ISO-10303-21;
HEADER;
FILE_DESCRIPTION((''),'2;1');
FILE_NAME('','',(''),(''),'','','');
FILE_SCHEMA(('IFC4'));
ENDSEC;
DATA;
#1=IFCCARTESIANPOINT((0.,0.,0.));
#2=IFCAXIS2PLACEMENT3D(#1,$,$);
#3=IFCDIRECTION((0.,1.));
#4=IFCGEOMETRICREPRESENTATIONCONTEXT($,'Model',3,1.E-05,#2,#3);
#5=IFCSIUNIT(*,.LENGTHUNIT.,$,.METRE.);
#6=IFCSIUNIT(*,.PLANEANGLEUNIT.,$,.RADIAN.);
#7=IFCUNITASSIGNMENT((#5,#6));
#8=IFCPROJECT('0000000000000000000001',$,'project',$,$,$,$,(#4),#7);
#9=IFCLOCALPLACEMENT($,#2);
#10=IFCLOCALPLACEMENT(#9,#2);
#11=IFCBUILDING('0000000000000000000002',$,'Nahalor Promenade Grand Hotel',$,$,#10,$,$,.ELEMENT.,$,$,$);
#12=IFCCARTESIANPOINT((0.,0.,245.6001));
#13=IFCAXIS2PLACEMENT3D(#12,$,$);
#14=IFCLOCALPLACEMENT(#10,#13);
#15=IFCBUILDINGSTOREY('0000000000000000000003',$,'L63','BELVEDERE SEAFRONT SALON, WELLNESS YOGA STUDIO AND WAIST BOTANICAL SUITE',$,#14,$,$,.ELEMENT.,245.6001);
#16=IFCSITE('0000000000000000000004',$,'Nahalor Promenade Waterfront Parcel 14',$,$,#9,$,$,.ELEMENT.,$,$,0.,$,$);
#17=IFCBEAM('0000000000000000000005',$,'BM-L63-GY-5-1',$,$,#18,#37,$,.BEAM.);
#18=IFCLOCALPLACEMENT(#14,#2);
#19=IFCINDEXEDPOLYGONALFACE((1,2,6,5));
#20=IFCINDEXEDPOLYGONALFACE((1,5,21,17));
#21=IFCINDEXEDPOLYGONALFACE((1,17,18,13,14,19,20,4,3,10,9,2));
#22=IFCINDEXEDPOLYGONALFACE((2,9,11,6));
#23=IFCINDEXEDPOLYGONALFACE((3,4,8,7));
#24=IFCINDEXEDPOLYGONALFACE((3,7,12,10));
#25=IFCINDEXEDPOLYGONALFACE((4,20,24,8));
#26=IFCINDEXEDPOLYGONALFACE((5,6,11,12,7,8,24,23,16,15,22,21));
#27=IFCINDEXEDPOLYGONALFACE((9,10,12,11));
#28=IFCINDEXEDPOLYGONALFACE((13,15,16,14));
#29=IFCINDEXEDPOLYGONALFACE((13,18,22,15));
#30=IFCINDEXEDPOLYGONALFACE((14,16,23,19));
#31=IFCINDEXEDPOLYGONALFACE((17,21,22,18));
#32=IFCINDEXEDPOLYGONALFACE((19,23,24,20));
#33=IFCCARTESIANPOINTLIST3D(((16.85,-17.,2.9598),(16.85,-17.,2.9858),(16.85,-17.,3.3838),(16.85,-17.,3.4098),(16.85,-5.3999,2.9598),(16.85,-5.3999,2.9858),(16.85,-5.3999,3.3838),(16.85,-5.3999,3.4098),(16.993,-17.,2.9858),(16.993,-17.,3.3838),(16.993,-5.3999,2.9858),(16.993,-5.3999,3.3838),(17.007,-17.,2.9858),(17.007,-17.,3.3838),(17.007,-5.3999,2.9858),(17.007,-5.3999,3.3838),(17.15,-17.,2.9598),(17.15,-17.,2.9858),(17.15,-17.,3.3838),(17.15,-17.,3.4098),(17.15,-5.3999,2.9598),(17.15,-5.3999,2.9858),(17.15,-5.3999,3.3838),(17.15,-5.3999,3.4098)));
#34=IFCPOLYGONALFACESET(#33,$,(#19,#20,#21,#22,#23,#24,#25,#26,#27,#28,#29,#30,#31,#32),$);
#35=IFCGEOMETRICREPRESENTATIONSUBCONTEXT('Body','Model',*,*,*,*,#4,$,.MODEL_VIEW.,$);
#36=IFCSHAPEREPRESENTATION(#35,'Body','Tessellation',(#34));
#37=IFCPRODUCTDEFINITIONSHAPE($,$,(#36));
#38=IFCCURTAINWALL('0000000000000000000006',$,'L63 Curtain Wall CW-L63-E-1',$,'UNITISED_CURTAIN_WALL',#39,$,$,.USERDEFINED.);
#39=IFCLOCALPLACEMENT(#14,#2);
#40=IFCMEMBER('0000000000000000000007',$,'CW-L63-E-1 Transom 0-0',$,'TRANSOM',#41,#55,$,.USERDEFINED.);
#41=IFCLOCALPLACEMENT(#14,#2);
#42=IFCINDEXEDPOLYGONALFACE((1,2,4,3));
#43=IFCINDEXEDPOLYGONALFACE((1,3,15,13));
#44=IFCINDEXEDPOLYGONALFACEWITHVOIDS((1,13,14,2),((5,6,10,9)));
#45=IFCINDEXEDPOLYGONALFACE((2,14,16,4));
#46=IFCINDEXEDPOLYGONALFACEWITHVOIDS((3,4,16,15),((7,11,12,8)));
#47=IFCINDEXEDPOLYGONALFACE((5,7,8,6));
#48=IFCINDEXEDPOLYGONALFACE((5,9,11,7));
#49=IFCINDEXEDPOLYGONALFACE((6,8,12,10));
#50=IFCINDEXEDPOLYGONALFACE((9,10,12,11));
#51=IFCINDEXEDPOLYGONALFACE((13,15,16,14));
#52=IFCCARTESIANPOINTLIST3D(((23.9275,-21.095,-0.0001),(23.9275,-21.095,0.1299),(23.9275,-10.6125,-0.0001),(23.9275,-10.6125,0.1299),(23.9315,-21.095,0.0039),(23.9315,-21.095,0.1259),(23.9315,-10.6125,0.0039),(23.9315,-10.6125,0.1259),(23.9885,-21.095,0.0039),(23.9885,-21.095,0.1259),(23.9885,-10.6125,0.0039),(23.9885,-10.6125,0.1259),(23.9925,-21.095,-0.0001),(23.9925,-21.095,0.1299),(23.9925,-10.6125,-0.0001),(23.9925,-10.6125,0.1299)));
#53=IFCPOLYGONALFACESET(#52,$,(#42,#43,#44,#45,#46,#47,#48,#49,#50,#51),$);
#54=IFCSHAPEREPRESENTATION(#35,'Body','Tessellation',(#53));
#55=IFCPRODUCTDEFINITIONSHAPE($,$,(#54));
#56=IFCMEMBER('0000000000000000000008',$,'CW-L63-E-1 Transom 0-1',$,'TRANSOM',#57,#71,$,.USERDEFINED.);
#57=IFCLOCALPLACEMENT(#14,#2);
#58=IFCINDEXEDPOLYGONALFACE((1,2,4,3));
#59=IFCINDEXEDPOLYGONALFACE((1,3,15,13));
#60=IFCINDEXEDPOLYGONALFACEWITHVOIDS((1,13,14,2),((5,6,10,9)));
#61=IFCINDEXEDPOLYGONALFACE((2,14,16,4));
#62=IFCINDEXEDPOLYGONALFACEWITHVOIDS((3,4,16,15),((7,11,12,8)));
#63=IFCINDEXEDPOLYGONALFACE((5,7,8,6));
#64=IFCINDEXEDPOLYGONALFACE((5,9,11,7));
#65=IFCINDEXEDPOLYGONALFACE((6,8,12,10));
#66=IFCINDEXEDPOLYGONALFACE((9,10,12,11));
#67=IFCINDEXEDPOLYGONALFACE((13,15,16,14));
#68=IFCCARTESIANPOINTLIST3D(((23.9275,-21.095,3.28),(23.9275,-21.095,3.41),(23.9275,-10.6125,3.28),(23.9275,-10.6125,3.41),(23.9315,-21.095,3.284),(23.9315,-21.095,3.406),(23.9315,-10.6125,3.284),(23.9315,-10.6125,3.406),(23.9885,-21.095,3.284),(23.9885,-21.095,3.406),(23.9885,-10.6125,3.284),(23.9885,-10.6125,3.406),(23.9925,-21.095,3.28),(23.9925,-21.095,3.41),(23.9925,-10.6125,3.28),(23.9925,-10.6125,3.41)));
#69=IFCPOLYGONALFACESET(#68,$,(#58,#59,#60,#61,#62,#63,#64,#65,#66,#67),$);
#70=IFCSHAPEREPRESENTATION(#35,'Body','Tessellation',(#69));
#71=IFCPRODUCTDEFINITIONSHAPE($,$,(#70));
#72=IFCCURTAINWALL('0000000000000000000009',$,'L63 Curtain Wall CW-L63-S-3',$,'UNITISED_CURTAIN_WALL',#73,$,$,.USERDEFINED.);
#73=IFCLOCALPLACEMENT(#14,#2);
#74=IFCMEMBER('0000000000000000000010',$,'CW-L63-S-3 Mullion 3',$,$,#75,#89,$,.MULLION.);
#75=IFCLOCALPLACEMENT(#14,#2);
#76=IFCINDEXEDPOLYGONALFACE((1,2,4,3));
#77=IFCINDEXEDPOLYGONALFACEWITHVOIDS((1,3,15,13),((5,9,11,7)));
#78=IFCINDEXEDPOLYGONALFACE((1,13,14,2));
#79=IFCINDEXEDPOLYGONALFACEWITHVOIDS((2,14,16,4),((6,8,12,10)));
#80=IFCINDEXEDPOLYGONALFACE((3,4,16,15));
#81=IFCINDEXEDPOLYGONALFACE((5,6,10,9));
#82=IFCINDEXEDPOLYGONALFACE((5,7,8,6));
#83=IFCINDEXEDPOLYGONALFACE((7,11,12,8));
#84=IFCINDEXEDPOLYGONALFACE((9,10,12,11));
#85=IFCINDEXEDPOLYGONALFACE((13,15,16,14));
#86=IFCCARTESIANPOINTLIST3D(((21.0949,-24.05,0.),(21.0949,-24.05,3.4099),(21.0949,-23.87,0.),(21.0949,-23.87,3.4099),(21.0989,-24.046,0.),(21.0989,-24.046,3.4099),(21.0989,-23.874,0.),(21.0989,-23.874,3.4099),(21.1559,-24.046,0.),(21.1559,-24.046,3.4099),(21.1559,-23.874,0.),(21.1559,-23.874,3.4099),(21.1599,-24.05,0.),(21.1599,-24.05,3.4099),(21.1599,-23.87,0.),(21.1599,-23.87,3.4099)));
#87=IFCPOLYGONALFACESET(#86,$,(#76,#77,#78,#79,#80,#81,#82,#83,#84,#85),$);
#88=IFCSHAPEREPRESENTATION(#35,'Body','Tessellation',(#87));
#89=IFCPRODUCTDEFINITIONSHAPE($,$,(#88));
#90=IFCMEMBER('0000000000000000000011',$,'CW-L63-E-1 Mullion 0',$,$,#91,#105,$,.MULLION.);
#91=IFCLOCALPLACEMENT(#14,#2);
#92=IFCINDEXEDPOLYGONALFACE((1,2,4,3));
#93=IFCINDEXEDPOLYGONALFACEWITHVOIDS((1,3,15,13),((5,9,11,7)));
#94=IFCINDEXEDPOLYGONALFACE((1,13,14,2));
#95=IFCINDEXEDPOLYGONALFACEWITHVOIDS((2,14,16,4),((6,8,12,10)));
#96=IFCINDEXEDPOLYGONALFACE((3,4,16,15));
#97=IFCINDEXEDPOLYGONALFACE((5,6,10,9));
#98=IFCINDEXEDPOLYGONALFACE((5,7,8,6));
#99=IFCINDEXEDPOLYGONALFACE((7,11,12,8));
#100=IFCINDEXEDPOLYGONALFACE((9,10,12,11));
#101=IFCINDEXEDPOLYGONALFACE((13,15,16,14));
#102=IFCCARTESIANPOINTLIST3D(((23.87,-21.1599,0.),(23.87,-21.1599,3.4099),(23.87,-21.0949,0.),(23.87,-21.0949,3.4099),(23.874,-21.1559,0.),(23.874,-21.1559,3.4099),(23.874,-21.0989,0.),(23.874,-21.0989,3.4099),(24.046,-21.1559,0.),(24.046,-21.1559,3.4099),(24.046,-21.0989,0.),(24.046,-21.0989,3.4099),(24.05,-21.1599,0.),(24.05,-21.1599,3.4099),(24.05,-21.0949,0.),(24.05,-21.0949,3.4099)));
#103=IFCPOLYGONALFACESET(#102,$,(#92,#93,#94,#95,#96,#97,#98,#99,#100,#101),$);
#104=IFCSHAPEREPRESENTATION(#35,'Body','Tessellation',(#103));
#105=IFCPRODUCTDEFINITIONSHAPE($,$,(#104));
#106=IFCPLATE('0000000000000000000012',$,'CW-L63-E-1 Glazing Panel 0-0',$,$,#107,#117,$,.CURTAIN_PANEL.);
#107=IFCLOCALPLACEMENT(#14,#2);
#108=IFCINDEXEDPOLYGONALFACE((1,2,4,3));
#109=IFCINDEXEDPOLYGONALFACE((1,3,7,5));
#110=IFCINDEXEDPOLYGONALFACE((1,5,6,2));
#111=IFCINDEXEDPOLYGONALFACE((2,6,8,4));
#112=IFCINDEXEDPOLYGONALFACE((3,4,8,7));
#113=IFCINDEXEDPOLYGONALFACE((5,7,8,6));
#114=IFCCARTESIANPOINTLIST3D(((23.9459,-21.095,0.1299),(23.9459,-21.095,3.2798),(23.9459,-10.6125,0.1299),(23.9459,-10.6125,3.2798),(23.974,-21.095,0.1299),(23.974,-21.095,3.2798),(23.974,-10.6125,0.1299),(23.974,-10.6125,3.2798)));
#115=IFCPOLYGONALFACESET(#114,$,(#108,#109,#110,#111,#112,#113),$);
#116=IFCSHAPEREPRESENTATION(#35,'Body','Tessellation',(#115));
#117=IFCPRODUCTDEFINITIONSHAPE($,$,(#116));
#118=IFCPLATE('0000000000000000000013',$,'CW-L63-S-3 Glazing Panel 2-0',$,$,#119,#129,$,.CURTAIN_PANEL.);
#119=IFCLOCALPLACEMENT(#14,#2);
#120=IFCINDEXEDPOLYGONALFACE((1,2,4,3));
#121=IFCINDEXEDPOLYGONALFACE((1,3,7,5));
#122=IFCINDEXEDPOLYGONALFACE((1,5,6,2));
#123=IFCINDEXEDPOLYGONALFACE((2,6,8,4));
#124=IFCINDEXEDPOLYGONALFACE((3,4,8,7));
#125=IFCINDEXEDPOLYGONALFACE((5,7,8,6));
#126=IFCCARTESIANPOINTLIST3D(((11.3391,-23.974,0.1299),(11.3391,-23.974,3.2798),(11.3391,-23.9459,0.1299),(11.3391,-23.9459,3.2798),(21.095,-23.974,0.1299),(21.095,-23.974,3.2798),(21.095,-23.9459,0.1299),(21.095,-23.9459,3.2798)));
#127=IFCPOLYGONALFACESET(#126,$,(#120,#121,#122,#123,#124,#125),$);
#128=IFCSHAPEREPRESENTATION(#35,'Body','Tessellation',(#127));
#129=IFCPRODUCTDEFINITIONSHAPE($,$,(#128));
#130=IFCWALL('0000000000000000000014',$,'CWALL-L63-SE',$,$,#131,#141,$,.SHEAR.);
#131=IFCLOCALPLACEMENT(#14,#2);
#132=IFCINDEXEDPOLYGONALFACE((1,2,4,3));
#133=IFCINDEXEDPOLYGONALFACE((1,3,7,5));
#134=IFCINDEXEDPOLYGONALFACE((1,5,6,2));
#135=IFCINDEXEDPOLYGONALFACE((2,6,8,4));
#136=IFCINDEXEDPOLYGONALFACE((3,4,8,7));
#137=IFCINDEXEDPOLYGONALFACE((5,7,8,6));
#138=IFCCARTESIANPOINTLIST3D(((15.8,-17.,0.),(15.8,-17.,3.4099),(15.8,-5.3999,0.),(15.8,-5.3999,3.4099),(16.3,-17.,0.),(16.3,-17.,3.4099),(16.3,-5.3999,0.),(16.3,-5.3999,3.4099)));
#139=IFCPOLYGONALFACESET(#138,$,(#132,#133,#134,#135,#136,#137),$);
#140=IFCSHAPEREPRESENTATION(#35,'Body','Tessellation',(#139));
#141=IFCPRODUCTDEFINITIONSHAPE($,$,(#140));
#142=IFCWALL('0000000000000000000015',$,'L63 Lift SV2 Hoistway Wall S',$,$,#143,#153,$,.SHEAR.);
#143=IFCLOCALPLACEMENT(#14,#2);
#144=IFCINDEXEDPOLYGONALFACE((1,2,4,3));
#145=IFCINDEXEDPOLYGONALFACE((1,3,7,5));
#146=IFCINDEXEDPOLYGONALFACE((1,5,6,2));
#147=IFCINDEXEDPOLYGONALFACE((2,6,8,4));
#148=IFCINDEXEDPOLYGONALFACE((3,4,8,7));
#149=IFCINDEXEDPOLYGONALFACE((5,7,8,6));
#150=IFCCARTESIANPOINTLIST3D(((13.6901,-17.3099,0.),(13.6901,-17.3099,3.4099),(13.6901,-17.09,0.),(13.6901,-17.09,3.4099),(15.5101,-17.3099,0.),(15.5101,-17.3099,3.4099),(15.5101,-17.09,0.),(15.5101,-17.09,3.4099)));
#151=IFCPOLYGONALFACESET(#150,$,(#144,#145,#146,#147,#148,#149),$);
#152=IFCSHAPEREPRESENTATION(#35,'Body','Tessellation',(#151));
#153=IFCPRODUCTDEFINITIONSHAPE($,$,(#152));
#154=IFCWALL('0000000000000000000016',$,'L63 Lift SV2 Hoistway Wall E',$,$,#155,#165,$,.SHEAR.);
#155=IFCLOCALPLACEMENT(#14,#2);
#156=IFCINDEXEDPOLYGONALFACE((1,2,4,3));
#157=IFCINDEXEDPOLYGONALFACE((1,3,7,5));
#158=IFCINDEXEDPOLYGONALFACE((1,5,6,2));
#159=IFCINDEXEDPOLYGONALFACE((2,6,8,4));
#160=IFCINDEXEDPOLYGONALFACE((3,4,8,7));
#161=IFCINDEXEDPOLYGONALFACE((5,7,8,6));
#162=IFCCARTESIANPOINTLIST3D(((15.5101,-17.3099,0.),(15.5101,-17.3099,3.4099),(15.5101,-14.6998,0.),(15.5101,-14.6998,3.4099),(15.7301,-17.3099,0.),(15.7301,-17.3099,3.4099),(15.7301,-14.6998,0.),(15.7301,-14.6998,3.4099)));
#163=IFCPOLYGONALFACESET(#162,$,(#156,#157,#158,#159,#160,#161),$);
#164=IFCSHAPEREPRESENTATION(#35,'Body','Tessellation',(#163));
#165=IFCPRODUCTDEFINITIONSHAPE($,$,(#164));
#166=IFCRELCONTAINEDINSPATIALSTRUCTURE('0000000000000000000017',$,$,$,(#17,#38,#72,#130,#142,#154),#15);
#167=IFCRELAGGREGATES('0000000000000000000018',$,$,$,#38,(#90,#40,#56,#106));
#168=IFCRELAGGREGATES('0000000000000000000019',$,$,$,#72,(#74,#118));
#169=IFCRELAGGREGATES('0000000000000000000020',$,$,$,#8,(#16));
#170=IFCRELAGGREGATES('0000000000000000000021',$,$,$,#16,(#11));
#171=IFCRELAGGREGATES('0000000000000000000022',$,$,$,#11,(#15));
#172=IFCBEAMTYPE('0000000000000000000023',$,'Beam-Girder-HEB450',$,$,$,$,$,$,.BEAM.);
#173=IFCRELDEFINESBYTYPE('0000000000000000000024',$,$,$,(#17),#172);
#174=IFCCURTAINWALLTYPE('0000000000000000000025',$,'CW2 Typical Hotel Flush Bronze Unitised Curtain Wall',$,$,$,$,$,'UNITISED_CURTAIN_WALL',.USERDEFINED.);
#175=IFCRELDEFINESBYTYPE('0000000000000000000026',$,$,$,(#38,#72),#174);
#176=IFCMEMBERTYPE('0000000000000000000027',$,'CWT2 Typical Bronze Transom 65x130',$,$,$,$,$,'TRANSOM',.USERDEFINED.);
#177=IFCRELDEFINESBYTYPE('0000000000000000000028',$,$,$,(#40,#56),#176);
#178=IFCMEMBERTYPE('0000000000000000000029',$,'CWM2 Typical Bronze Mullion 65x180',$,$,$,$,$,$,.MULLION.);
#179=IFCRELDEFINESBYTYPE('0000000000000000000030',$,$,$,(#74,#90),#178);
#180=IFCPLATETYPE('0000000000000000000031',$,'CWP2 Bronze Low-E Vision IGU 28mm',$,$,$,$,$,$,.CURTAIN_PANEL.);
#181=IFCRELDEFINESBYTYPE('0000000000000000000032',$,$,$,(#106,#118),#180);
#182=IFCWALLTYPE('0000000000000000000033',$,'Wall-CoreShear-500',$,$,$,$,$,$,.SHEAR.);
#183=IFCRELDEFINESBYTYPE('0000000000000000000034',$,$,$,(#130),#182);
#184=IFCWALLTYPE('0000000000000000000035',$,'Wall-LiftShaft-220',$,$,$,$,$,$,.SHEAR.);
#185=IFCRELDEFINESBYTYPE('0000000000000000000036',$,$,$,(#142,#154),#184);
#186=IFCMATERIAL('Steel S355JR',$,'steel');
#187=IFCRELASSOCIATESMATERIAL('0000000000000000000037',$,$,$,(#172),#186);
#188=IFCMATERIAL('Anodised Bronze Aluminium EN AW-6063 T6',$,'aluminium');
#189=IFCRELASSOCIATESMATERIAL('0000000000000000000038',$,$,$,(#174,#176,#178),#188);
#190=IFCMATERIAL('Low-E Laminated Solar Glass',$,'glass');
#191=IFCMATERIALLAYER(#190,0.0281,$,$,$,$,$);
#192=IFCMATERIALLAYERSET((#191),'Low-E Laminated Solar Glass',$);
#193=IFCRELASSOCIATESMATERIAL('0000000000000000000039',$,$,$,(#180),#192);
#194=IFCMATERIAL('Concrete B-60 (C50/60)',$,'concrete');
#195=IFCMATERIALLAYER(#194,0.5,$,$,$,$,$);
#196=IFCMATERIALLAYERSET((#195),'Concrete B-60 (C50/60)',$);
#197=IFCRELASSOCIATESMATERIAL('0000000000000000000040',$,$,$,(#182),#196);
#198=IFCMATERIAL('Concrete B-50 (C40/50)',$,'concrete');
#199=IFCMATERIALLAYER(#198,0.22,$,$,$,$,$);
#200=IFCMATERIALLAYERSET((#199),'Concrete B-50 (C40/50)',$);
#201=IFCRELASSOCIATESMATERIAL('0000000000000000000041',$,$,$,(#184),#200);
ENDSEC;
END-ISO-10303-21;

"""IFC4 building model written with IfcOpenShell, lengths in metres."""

from ifc_helpers import new_model, si_unit, direction, frame, frame_2d, origin, origin_2d, place, context, subcontext, project, spatial, rectangle, hollow_rectangle, i_section, extrude, source, transform, mapped, material, layer, layer_set, material_profile, profile_set, type_object, element, aggregate, save


model = new_model("IFC4")

# Units and contexts
model_context = context("Model", 3, precision=1e-05, world=origin(), true_north=direction((0.0, 1.0)))
body_context = subcontext(model_context, "Body", "Model", "MODEL_VIEW")
ifc_project = project(units=[si_unit("LENGTHUNIT", "METRE"), si_unit("PLANEANGLEUNIT", "RADIAN")], contexts=[model_context])

# Site, building, storey
site_placement = place(None, origin())
site = spatial("IfcSite", under=ifc_project, at=site_placement, Name="Nahalor Promenade Waterfront Parcel 14", CompositionType="ELEMENT", RefElevation=0.0)
building_placement = place(site_placement, origin())
building = spatial("IfcBuilding", under=site, at=building_placement, Name="Nahalor Promenade Grand Hotel", CompositionType="ELEMENT")
storey_placement = place(building_placement, frame((0.0, 0.0, 245.6001)))
storey = spatial("IfcBuildingStorey", under=building, at=storey_placement, Name="L63", Description="BELVEDERE SEAFRONT SALON, WELLNESS YOGA STUDIO AND WAIST BOTANICAL SUITE", CompositionType="ELEMENT", Elevation=245.6001)

# Shared definitions
ifc_material_1 = material(Name="Concrete B-60 (C50/60)", Category="concrete")
ifc_material_2 = material(Name="Steel S355JR", Category="steel")

# Beam
ifc_material_profile_1 = material_profile(ifc_material_2, i_section(OverallWidth=0.3, OverallDepth=0.45, WebThickness=0.014, FlangeThickness=0.026, at=origin_2d()), Name="HEB 450")
ifc_profile_set_1 = profile_set([ifc_material_profile_1], Name="Steel S355JR")
beam_type_1 = type_object("IfcBeamType", Name="Beam-Girder-HEB450", PredefinedType="BEAM", material=ifc_profile_set_1)
shared_shape_1 = source(origin(), body_context, "Body", "SweptSolid", [
    extrude(i_section(OverallWidth=0.3, OverallDepth=0.45, WebThickness=0.014, FlangeThickness=0.026, at=origin_2d()), origin(), (0.0, 0.0, 1.0), 11.6001),
])
beam_1_placement = place(storey_placement, frame((17.0, -17.0, 3.1848), z_axis=(0.0, 1.0, 0.0), x_axis=(-1.0, 0.0, 0.0)))
element("IfcBeam", 1, at=beam_1_placement, inside=storey, type_object=beam_type_1, Name="BM-L63-GY-5-1", PredefinedType="BEAM", context=body_context, shape_type="MappedRepresentation", body=[
    mapped(shared_shape_1, transform((0.0, 0.0, 0.0), scale=1.0)),
])

# Curtain wall, members
ifc_material_3 = material(Name="Anodised Bronze Aluminium EN AW-6063 T6", Category="aluminium")
curtain_wall_type = type_object("IfcCurtainWallType", Name="CW2 Typical Hotel Flush Bronze Unitised Curtain Wall", ElementType="UNITISED_CURTAIN_WALL", PredefinedType="USERDEFINED", material=ifc_material_3)
curtain_wall_1_placement = place(storey_placement, origin())
curtain_wall_1 = element("IfcCurtainWall", 2, at=curtain_wall_1_placement, inside=storey, type_object=curtain_wall_type, Name="L63 Curtain Wall CW-L63-E-1", ObjectType="UNITISED_CURTAIN_WALL", PredefinedType="USERDEFINED")
ifc_material_profile_2 = material_profile(ifc_material_3, hollow_rectangle(XDim=0.065, YDim=0.13, WallThickness=0.004, at=origin_2d()), Name="CWT 65x130x4")
ifc_profile_set_2 = profile_set([ifc_material_profile_2], Name="Anodised Bronze Aluminium EN AW-6063 T6")
member_type_1 = type_object("IfcMemberType", Name="CWT2 Typical Bronze Transom 65x130", ElementType="TRANSOM", PredefinedType="USERDEFINED", material=ifc_profile_set_2)
shared_shape_2 = source(origin(), body_context, "Body", "SweptSolid", [
    extrude(hollow_rectangle(XDim=0.065, YDim=0.13, WallThickness=0.004, at=origin_2d()), origin(), (0.0, 0.0, 1.0), 10.4824),
])
member_1_placement = place(storey_placement, frame((23.96, -21.095, 0.0649), z_axis=(0.0, 1.0, 0.0), x_axis=(-1.0, 0.0, 0.0)))
member_1 = element("IfcMember", 3, at=member_1_placement, type_object=member_type_1, Name="CW-L63-E-1 Transom 0-0", ObjectType="TRANSOM", PredefinedType="USERDEFINED", context=body_context, shape_type="MappedRepresentation", body=[
    mapped(shared_shape_2, transform((0.0, 0.0, 0.0), scale=1.0)),
])
member_2_placement = place(storey_placement, frame((23.96, -21.095, 3.345), z_axis=(0.0, 1.0, 0.0), x_axis=(-1.0, 0.0, 0.0)))
member_2 = element("IfcMember", 4, at=member_2_placement, type_object=member_type_1, Name="CW-L63-E-1 Transom 0-1", ObjectType="TRANSOM", PredefinedType="USERDEFINED", context=body_context, shape_type="MappedRepresentation", body=[
    mapped(shared_shape_2, transform((0.0, 0.0, 0.0), scale=1.0)),
])

# Curtain wall, member
curtain_wall_2_placement = place(storey_placement, origin())
curtain_wall_2 = element("IfcCurtainWall", 5, at=curtain_wall_2_placement, inside=storey, type_object=curtain_wall_type, Name="L63 Curtain Wall CW-L63-S-3", ObjectType="UNITISED_CURTAIN_WALL", PredefinedType="USERDEFINED")
ifc_material_profile_3 = material_profile(ifc_material_3, hollow_rectangle(XDim=0.065, YDim=0.18, WallThickness=0.004, at=origin_2d()), Name="CWM 65x180x4")
ifc_profile_set_3 = profile_set([ifc_material_profile_3], Name="Anodised Bronze Aluminium EN AW-6063 T6")
member_type_2 = type_object("IfcMemberType", Name="CWM2 Typical Bronze Mullion 65x180", PredefinedType="MULLION", material=ifc_profile_set_3)
shared_shape_3 = source(origin(), body_context, "Body", "SweptSolid", [
    extrude(hollow_rectangle(XDim=0.065, YDim=0.18, WallThickness=0.004, at=origin_2d()), origin(), (0.0, 0.0, 1.0), 3.4099),
])
member_3_placement = place(storey_placement, frame((21.1274, -23.96, 0.0), z_axis=(0.0, 0.0, 1.0), x_axis=(1.0, 0.0, 0.0)))
member_3 = element("IfcMember", 6, at=member_3_placement, type_object=member_type_2, Name="CW-L63-S-3 Mullion 3", PredefinedType="MULLION", context=body_context, shape_type="MappedRepresentation", body=[
    mapped(shared_shape_3, transform((0.0, 0.0, 0.0), scale=1.0)),
])

# Member
member_4_placement = place(storey_placement, frame((23.96, -21.1274, 0.0), z_axis=(0.0, 0.0, 1.0), x_axis=(0.0, 1.0, 0.0)))
member_4 = element("IfcMember", 7, at=member_4_placement, type_object=member_type_2, Name="CW-L63-E-1 Mullion 0", PredefinedType="MULLION", context=body_context, shape_type="MappedRepresentation", body=[
    mapped(shared_shape_3, transform((0.0, 0.0, 0.0), scale=1.0)),
])

# Plates
ifc_material_4 = material(Name="Low-E Laminated Solar Glass", Category="glass")
ifc_layer_1 = layer(ifc_material_4, 0.0281)
ifc_layer_set_1 = layer_set([ifc_layer_1], Name="Low-E Laminated Solar Glass")
plate_type = type_object("IfcPlateType", Name="CWP2 Bronze Low-E Vision IGU 28mm", PredefinedType="CURTAIN_PANEL", material=ifc_layer_set_1)
shared_shape_4 = source(origin(), body_context, "Body", "SweptSolid", [
    extrude(rectangle(XDim=10.4824, YDim=0.0281, at=origin_2d()), origin(), (0.0, 0.0, 1.0), 3.1499),
])
plate_1_placement = place(storey_placement, frame((23.96, -15.8538, 0.1299), z_axis=(0.0, 0.0, 1.0), x_axis=(0.0, 1.0, 0.0)))
plate_1 = element("IfcPlate", 8, at=plate_1_placement, type_object=plate_type, Name="CW-L63-E-1 Glazing Panel 0-0", PredefinedType="CURTAIN_PANEL", context=body_context, shape_type="MappedRepresentation", body=[
    mapped(shared_shape_4, transform((0.0, 0.0, 0.0), scale=1.0)),
])
aggregate(curtain_wall_1, [member_4, member_1, member_2, plate_1])
shared_shape_5 = source(origin(), body_context, "Body", "SweptSolid", [
    extrude(rectangle(XDim=9.7559, YDim=0.0281, at=origin_2d()), origin(), (0.0, 0.0, 1.0), 3.1499),
])
plate_2_placement = place(storey_placement, frame((16.217, -23.96, 0.1299), z_axis=(0.0, 0.0, 1.0), x_axis=(1.0, 0.0, 0.0)))
plate_2 = element("IfcPlate", 9, at=plate_2_placement, type_object=plate_type, Name="CW-L63-S-3 Glazing Panel 2-0", PredefinedType="CURTAIN_PANEL", context=body_context, shape_type="MappedRepresentation", body=[
    mapped(shared_shape_5, transform((0.0, 0.0, 0.0), scale=1.0)),
])
aggregate(curtain_wall_2, [member_3, plate_2])

# Walls
ifc_layer_2 = layer(ifc_material_1, 0.5)
ifc_layer_set_2 = layer_set([ifc_layer_2], Name="Concrete B-60 (C50/60)")
wall_type_1 = type_object("IfcWallType", Name="Wall-CoreShear-500", PredefinedType="SHEAR", material=ifc_layer_set_2)
shared_shape_6 = source(origin(), body_context, "Body", "SweptSolid", [
    extrude(rectangle(XDim=11.6001, YDim=0.5, at=frame_2d((5.8, 0.0))), origin(), (0.0, 0.0, 1.0), 3.4099),
])
wall_1_placement = place(storey_placement, frame((16.05, -17.0, 0.0), z_axis=(0.0, 0.0, 1.0), x_axis=(0.0, 1.0, 0.0)))
element("IfcWall", 10, at=wall_1_placement, inside=storey, type_object=wall_type_1, Name="CWALL-L63-SE", PredefinedType="SHEAR", context=body_context, shape_type="MappedRepresentation", body=[
    mapped(shared_shape_6, transform((0.0, 0.0, 0.0), scale=1.0)),
])
ifc_material_5 = material(Name="Concrete B-50 (C40/50)", Category="concrete")
ifc_layer_3 = layer(ifc_material_5, 0.22)
ifc_layer_set_3 = layer_set([ifc_layer_3], Name="Concrete B-50 (C40/50)")
wall_type_2 = type_object("IfcWallType", Name="Wall-LiftShaft-220", PredefinedType="SHEAR", material=ifc_layer_set_3)
shared_shape_7 = source(origin(), body_context, "Body", "SweptSolid", [
    extrude(rectangle(XDim=1.8201, YDim=0.22, at=frame_2d((0.9102, 0.0))), origin(), (0.0, 0.0, 1.0), 3.4099),
])
wall_2_placement = place(storey_placement, frame((13.6899, -17.2, 0.0), z_axis=(0.0, 0.0, 1.0), x_axis=(1.0, 0.0, 0.0)))
element("IfcWall", 11, at=wall_2_placement, inside=storey, type_object=wall_type_2, Name="L63 Lift SV2 Hoistway Wall S", PredefinedType="SHEAR", context=body_context, shape_type="MappedRepresentation", body=[
    mapped(shared_shape_7, transform((0.0, 0.0, 0.0), scale=1.0)),
])
shared_shape_8 = source(origin(), body_context, "Body", "SweptSolid", [
    extrude(rectangle(XDim=2.6101, YDim=0.22, at=frame_2d((1.3052, 0.0))), origin(), (0.0, 0.0, 1.0), 3.4099),
])
wall_3_placement = place(storey_placement, frame((15.6201, -17.3101, 0.0), z_axis=(0.0, 0.0, 1.0), x_axis=(0.0, 1.0, 0.0)))
element("IfcWall", 12, at=wall_3_placement, inside=storey, type_object=wall_type_2, Name="L63 Lift SV2 Hoistway Wall E", PredefinedType="SHEAR", context=body_context, shape_type="MappedRepresentation", body=[
    mapped(shared_shape_8, transform((0.0, 0.0, 0.0), scale=1.0)),
])

save(model, "model.ifc")
